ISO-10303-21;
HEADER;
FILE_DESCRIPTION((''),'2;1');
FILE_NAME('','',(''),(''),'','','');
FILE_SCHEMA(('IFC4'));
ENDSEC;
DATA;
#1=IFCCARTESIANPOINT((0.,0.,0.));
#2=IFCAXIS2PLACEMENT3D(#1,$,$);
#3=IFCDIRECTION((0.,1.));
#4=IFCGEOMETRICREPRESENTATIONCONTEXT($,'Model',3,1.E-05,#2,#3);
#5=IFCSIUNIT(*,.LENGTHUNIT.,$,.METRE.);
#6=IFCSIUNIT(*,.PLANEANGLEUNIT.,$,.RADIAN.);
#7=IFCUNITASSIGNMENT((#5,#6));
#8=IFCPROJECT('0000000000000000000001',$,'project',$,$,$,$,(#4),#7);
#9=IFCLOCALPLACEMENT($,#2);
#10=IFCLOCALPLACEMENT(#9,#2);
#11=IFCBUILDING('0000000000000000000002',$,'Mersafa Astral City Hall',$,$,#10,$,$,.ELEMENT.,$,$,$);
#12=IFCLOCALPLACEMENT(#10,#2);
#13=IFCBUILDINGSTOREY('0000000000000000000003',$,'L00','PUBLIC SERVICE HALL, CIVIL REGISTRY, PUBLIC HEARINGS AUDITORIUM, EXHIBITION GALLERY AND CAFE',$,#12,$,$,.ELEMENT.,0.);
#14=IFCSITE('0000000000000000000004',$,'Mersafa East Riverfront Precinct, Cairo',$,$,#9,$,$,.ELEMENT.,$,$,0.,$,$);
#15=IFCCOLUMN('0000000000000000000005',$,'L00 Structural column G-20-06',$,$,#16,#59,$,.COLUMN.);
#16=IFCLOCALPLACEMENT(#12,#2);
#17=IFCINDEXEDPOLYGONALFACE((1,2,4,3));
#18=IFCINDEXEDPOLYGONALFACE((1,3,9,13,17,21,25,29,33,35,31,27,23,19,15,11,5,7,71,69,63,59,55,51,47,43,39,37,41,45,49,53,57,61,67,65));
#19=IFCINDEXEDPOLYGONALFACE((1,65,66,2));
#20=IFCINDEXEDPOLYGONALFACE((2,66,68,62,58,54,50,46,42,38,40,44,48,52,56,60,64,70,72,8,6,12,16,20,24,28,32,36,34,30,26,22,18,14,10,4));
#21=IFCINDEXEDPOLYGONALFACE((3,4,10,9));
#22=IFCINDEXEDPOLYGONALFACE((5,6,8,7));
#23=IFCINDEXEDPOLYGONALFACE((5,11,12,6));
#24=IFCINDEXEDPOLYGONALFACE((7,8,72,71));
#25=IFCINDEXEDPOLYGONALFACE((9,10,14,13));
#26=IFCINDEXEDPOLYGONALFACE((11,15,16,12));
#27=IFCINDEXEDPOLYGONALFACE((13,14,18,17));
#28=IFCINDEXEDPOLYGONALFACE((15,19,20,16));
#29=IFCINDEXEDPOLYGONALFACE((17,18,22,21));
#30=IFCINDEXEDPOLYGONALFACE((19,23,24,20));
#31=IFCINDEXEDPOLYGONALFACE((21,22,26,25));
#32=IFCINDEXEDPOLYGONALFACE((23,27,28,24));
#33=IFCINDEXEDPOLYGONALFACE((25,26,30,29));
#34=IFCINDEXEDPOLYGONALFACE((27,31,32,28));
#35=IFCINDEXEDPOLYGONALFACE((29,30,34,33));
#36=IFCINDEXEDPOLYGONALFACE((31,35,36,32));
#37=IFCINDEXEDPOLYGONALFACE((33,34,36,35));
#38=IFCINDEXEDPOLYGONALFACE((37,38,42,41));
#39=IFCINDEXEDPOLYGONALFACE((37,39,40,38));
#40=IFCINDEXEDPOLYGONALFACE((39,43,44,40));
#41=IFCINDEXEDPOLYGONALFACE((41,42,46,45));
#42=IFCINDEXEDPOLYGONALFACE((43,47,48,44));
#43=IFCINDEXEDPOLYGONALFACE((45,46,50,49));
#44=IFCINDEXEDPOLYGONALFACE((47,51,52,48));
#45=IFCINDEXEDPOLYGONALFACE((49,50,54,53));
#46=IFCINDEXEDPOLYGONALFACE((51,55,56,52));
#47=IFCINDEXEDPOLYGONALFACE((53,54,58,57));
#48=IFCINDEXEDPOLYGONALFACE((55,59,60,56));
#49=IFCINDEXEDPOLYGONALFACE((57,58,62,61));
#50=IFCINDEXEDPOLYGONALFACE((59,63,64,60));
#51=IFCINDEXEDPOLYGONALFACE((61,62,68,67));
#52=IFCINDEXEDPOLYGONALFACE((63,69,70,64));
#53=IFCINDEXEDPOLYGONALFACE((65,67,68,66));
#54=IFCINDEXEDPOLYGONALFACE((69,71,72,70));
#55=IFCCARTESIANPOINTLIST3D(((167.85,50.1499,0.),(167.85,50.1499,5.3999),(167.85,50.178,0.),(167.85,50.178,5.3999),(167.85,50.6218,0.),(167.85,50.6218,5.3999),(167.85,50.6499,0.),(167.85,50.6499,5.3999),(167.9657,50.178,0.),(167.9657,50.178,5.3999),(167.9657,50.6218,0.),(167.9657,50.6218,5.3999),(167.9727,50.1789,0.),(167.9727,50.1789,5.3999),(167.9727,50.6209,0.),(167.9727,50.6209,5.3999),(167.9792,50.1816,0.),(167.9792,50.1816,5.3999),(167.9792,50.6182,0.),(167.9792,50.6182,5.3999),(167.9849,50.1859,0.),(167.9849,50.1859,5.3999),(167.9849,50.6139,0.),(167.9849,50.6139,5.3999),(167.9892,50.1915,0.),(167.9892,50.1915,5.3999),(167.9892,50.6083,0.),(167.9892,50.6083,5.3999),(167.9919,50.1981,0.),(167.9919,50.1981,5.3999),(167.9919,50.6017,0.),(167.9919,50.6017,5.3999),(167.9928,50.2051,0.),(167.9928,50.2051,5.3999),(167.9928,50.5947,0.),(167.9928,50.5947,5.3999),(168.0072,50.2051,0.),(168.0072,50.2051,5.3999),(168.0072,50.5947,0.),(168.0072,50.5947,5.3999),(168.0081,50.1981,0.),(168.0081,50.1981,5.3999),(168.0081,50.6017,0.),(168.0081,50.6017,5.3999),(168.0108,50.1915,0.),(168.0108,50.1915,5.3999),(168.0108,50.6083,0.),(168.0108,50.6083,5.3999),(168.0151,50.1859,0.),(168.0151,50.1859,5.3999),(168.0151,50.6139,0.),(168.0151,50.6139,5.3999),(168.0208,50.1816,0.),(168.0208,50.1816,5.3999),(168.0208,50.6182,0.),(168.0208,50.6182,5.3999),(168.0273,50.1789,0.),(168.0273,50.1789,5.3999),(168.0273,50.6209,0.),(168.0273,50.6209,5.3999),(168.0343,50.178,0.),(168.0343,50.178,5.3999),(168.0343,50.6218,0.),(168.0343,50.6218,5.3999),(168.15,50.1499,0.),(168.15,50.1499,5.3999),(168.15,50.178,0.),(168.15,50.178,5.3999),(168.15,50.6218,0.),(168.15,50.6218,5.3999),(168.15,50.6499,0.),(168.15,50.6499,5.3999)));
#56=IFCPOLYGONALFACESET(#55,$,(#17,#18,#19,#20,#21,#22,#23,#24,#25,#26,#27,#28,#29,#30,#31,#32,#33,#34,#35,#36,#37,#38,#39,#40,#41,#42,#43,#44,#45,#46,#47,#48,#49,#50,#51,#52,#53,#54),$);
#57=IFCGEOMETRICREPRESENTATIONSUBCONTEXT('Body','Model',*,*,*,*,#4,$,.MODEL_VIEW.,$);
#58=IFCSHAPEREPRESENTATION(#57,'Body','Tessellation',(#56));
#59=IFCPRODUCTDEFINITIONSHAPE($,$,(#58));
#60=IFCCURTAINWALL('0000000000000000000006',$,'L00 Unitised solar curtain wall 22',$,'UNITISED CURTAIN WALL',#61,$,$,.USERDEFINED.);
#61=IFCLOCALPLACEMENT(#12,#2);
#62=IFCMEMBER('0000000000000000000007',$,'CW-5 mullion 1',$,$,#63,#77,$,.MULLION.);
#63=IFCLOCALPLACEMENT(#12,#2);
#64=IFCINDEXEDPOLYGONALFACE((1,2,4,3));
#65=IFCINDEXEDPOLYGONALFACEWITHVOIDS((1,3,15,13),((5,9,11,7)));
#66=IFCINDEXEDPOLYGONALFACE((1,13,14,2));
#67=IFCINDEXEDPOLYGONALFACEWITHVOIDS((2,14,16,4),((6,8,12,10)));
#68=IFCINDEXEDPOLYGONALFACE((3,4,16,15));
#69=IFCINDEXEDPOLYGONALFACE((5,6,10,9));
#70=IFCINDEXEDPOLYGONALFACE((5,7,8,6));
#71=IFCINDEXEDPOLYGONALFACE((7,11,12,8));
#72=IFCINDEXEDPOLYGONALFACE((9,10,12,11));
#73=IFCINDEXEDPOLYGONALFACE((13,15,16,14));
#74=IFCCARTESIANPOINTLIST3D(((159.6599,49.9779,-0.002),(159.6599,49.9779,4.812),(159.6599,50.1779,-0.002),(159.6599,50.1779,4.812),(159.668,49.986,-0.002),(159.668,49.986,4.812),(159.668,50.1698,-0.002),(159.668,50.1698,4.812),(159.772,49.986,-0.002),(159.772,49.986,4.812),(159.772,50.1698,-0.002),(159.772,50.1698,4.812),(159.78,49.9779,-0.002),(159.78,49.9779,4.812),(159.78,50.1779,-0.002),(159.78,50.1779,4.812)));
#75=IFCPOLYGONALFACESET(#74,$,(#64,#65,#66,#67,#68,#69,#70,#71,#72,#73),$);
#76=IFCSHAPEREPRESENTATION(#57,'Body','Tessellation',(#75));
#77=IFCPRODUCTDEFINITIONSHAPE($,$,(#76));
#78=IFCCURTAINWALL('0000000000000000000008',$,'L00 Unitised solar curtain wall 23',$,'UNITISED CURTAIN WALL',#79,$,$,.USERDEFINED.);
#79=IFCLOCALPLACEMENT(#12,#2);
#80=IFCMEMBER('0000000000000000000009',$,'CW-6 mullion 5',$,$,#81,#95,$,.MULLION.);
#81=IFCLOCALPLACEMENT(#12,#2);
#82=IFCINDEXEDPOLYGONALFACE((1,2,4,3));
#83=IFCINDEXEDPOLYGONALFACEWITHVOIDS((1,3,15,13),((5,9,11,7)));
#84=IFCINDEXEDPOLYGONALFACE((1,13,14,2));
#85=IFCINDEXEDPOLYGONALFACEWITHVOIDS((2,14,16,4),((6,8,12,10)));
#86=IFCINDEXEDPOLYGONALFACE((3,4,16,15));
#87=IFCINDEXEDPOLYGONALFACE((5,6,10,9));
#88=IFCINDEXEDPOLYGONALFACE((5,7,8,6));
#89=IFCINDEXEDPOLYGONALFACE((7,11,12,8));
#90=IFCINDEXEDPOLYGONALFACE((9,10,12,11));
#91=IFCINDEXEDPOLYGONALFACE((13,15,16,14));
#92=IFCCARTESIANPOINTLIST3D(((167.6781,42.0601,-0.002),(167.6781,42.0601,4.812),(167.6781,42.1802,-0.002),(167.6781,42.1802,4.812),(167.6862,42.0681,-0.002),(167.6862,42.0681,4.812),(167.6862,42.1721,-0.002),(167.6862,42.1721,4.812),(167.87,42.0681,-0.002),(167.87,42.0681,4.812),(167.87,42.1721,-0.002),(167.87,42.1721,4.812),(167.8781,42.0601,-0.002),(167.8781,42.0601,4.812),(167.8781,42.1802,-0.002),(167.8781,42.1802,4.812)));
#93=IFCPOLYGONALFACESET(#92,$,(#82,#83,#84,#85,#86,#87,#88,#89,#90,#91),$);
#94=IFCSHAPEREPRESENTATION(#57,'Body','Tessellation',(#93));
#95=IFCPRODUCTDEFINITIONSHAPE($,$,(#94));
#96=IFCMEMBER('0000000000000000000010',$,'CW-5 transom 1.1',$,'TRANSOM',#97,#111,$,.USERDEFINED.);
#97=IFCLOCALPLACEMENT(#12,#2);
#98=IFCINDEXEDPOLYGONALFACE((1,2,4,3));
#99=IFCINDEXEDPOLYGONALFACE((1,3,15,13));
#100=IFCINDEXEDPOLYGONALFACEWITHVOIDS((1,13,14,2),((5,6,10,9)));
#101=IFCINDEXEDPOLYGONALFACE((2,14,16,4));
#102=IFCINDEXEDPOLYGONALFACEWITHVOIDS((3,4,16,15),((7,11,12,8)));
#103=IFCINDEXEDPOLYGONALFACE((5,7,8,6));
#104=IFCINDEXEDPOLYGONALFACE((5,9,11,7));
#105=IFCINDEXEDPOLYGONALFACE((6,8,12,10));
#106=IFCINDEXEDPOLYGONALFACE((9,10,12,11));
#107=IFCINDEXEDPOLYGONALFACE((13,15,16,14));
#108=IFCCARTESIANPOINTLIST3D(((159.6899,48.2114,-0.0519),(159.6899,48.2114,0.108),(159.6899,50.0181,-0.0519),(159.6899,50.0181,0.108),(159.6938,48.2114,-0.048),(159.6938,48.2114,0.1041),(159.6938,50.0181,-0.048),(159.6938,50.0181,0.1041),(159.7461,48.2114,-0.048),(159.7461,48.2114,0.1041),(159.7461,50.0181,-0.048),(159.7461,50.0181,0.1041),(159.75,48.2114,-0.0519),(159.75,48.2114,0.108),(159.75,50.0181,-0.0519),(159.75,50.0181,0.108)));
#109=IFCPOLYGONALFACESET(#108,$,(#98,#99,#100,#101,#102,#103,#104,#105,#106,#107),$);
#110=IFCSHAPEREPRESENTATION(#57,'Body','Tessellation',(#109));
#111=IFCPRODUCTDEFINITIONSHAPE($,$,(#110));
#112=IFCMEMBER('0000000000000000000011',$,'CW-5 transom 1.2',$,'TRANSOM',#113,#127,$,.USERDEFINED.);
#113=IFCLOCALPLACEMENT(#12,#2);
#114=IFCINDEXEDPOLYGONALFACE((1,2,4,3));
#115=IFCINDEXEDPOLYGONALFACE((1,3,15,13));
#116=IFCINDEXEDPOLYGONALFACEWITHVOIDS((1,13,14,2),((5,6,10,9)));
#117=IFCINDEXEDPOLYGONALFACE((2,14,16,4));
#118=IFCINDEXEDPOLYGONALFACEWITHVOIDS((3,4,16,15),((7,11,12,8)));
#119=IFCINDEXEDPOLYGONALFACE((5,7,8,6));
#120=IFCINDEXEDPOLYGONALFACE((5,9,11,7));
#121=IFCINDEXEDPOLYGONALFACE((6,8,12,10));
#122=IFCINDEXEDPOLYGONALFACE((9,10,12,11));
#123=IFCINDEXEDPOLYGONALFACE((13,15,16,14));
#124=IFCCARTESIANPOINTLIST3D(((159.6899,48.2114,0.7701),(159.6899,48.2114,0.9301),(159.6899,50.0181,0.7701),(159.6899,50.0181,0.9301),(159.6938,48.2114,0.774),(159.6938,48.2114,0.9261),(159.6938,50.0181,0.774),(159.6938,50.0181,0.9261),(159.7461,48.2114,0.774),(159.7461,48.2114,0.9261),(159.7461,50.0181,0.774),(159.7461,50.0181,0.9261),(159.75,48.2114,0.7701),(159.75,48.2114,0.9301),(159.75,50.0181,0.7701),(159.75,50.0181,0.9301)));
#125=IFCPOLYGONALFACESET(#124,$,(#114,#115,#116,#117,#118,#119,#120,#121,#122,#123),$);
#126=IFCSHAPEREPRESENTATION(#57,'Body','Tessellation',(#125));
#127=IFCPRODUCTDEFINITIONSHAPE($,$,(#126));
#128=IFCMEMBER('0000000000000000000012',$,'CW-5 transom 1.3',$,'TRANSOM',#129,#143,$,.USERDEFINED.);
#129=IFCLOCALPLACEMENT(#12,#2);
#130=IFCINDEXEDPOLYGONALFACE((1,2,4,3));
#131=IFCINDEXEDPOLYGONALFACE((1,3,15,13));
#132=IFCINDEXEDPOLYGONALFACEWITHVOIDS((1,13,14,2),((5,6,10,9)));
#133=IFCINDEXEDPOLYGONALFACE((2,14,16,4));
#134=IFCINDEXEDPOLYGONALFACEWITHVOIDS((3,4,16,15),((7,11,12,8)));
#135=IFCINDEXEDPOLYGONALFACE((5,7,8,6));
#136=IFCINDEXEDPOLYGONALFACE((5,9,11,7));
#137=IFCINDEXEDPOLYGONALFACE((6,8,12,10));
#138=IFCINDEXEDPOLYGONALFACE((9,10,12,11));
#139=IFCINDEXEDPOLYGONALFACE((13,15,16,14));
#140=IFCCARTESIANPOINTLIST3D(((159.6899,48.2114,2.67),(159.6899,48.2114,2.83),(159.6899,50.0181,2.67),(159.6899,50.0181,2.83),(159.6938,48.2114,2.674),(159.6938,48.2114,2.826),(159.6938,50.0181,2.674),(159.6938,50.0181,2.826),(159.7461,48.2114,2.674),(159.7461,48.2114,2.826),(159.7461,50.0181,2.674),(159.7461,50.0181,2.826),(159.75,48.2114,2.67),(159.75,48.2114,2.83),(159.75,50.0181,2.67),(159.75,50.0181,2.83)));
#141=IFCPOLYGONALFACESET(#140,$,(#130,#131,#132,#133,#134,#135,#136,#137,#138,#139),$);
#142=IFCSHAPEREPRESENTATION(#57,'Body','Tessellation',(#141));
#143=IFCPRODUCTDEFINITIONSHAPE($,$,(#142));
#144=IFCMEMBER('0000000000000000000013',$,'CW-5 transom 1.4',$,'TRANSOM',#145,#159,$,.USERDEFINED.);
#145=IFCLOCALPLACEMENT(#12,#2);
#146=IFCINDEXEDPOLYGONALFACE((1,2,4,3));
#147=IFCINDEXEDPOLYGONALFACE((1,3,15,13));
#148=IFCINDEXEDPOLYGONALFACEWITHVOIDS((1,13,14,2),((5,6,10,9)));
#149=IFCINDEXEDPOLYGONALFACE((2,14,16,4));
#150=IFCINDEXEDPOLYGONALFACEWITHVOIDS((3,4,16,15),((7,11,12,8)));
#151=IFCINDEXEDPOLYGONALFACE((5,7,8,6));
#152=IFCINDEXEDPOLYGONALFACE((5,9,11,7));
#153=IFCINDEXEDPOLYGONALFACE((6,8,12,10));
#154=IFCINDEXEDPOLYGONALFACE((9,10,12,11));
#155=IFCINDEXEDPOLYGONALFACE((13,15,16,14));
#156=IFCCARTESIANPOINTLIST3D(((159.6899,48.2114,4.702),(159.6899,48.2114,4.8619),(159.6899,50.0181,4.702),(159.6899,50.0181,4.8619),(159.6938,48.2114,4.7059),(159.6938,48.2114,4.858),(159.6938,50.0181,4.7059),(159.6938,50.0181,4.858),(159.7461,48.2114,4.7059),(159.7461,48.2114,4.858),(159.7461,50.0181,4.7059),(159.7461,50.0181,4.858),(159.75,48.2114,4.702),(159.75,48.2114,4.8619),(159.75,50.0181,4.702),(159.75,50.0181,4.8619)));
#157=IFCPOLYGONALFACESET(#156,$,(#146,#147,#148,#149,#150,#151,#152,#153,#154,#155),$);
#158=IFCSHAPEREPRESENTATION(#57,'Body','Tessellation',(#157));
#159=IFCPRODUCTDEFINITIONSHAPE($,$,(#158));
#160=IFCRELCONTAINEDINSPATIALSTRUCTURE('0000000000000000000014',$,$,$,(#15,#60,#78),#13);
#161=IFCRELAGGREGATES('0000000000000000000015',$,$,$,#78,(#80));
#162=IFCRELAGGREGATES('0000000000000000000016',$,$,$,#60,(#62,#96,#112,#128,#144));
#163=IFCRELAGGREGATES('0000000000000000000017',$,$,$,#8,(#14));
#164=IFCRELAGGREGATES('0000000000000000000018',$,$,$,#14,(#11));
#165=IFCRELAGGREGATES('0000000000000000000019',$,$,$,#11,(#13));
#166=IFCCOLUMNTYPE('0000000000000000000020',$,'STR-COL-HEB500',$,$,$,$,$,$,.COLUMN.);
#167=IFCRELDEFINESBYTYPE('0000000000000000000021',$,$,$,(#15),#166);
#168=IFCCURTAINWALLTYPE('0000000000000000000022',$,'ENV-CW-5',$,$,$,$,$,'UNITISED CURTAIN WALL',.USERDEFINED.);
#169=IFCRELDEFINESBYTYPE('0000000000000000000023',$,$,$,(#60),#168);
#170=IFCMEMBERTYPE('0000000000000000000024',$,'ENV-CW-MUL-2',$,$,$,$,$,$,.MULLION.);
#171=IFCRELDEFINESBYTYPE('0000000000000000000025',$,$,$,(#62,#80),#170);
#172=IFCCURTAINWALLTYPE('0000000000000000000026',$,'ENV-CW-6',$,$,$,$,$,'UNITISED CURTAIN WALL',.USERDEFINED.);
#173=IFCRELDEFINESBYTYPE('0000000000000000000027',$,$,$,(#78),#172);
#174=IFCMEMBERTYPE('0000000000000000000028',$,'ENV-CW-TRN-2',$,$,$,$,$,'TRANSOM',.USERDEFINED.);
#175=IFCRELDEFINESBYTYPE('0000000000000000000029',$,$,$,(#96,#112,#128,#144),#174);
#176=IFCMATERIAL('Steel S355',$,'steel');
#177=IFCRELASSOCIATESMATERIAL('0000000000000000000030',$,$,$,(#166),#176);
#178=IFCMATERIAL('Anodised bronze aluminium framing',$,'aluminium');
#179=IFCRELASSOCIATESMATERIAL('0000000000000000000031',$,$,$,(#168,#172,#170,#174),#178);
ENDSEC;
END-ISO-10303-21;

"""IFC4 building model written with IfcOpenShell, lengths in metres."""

from ifc_helpers import new_model, si_unit, direction, frame, origin, origin_2d, place, context, subcontext, project, spatial, hollow_rectangle, i_section, extrude, material, material_profile, profile_set, type_object, element, aggregate, save


model = new_model("IFC4")

# Units and contexts
model_context = context("Model", 3, precision=1e-05, world=origin(), true_north=direction((0.0, 1.0)))
body_context = subcontext(model_context, "Body", "Model", "MODEL_VIEW")
ifc_project = project(units=[si_unit("LENGTHUNIT", "METRE"), si_unit("PLANEANGLEUNIT", "RADIAN")], contexts=[model_context])

# Site, building, storey
site_placement = place(None, origin())
site = spatial("IfcSite", under=ifc_project, at=site_placement, Name="Mersafa East Riverfront Precinct, Cairo", CompositionType="ELEMENT", RefElevation=0.0)
building_placement = place(site_placement, origin())
building = spatial("IfcBuilding", under=site, at=building_placement, Name="Mersafa Astral City Hall", CompositionType="ELEMENT")
storey_placement = place(building_placement, origin())
storey = spatial("IfcBuildingStorey", under=building, at=storey_placement, Name="L00", Description="PUBLIC SERVICE HALL, CIVIL REGISTRY, PUBLIC HEARINGS AUDITORIUM, EXHIBITION GALLERY AND CAFE", CompositionType="ELEMENT", Elevation=0.0)

# Column
ifc_material_1 = material(Name="Steel S355", Category="steel")
ifc_material_profile_1 = material_profile(ifc_material_1, i_section(OverallWidth=0.3, OverallDepth=0.5, WebThickness=0.0144, FlangeThickness=0.0281, FilletRadius=0.0271, at=origin_2d()), Name="HEB 500")
ifc_profile_set_1 = profile_set([ifc_material_profile_1], Name="Steel S355")
column_type = type_object("IfcColumnType", Name="STR-COL-HEB500", PredefinedType="COLUMN", material=ifc_profile_set_1)
column_placement = place(storey_placement, frame((168.0, 50.3999, 0.0), z_axis=(0.0, 0.0, 1.0), x_axis=(1.0, 0.0, 0.0)))
element("IfcColumn", 1, at=column_placement, inside=storey, type_object=column_type, Name="L00 Structural column G-20-06", PredefinedType="COLUMN", context=body_context, shape_type="SweptSolid", body=[
    extrude(i_section(OverallWidth=0.3, OverallDepth=0.5, WebThickness=0.0144, FlangeThickness=0.0281, FilletRadius=0.0271, at=origin_2d()), origin(), (0.0, 0.0, 1.0), 5.3999),
])

# Curtain walls, members
ifc_material_2 = material(Name="Anodised bronze aluminium framing", Category="aluminium")
curtain_wall_type_1 = type_object("IfcCurtainWallType", Name="ENV-CW-5", ElementType="UNITISED CURTAIN WALL", PredefinedType="USERDEFINED", material=ifc_material_2)
curtain_wall_1_placement = place(storey_placement, origin())
curtain_wall_1 = element("IfcCurtainWall", 2, at=curtain_wall_1_placement, inside=storey, type_object=curtain_wall_type_1, Name="L00 Unitised solar curtain wall 22", ObjectType="UNITISED CURTAIN WALL", PredefinedType="USERDEFINED")
ifc_material_profile_2 = material_profile(ifc_material_2, hollow_rectangle(XDim=0.1201, YDim=0.2, WallThickness=0.0081, at=origin_2d()), Name="RHS 120x200x8")
ifc_profile_set_2 = profile_set([ifc_material_profile_2], Name="Anodised bronze aluminium framing")
member_type_1 = type_object("IfcMemberType", Name="ENV-CW-MUL-2", PredefinedType="MULLION", material=ifc_profile_set_2)
member_1_placement = place(storey_placement, frame((159.72, 50.0779, -0.002), z_axis=(0.0, 0.0, 1.0), x_axis=(1.0, 0.0, 0.0)))
member_1 = element("IfcMember", 3, at=member_1_placement, type_object=member_type_1, Name="CW-5 mullion 1", PredefinedType="MULLION", context=body_context, shape_type="SweptSolid", body=[
    extrude(hollow_rectangle(XDim=0.1201, YDim=0.2, WallThickness=0.0081, at=origin_2d()), origin(), (0.0, 0.0, 1.0), 4.814),
])
curtain_wall_type_2 = type_object("IfcCurtainWallType", Name="ENV-CW-6", ElementType="UNITISED CURTAIN WALL", PredefinedType="USERDEFINED", material=ifc_material_2)
curtain_wall_2_placement = place(storey_placement, origin())
curtain_wall_2 = element("IfcCurtainWall", 4, at=curtain_wall_2_placement, inside=storey, type_object=curtain_wall_type_2, Name="L00 Unitised solar curtain wall 23", ObjectType="UNITISED CURTAIN WALL", PredefinedType="USERDEFINED")
member_2_placement = place(storey_placement, frame((167.7781, 42.1201, -0.002), z_axis=(0.0, 0.0, 1.0), x_axis=(0.0, 1.0, 0.0)))
member_2 = element("IfcMember", 5, at=member_2_placement, type_object=member_type_1, Name="CW-6 mullion 5", PredefinedType="MULLION", context=body_context, shape_type="SweptSolid", body=[
    extrude(hollow_rectangle(XDim=0.1201, YDim=0.2, WallThickness=0.0081, at=origin_2d()), origin(), (0.0, 0.0, 1.0), 4.814),
])
aggregate(curtain_wall_2, [member_2])

# Members
ifc_material_profile_3 = material_profile(ifc_material_2, hollow_rectangle(XDim=0.0601, YDim=0.1599, WallThickness=0.0039, at=origin_2d()), Name="RHS 60x160x4")
ifc_profile_set_3 = profile_set([ifc_material_profile_3], Name="Anodised bronze aluminium framing")
member_type_2 = type_object("IfcMemberType", Name="ENV-CW-TRN-2", ElementType="TRANSOM", PredefinedType="USERDEFINED", material=ifc_profile_set_3)
member_3_placement = place(storey_placement, frame((159.72, 50.0181, 0.0281), z_axis=(0.0, -1.0, 0.0), x_axis=(1.0, 0.0, 0.0)))
member_3 = element("IfcMember", 6, at=member_3_placement, type_object=member_type_2, Name="CW-5 transom 1.1", ObjectType="TRANSOM", PredefinedType="USERDEFINED", context=body_context, shape_type="SweptSolid", body=[
    extrude(hollow_rectangle(XDim=0.0601, YDim=0.1599, WallThickness=0.0039, at=origin_2d()), origin(), (0.0, 0.0, 1.0), 1.8066),
])
member_4_placement = place(storey_placement, frame((159.72, 50.0181, 0.8501), z_axis=(0.0, -1.0, 0.0), x_axis=(1.0, 0.0, 0.0)))
member_4 = element("IfcMember", 7, at=member_4_placement, type_object=member_type_2, Name="CW-5 transom 1.2", ObjectType="TRANSOM", PredefinedType="USERDEFINED", context=body_context, shape_type="SweptSolid", body=[
    extrude(hollow_rectangle(XDim=0.0601, YDim=0.1599, WallThickness=0.0039, at=origin_2d()), origin(), (0.0, 0.0, 1.0), 1.8066),
])
member_5_placement = place(storey_placement, frame((159.72, 50.0181, 2.75), z_axis=(0.0, -1.0, 0.0), x_axis=(1.0, 0.0, 0.0)))
member_5 = element("IfcMember", 8, at=member_5_placement, type_object=member_type_2, Name="CW-5 transom 1.3", ObjectType="TRANSOM", PredefinedType="USERDEFINED", context=body_context, shape_type="SweptSolid", body=[
    extrude(hollow_rectangle(XDim=0.0601, YDim=0.1599, WallThickness=0.0039, at=origin_2d()), origin(), (0.0, 0.0, 1.0), 1.8066),
])
member_6_placement = place(storey_placement, frame((159.72, 50.0181, 4.782), z_axis=(0.0, -1.0, 0.0), x_axis=(1.0, 0.0, 0.0)))
member_6 = element("IfcMember", 9, at=member_6_placement, type_object=member_type_2, Name="CW-5 transom 1.4", ObjectType="TRANSOM", PredefinedType="USERDEFINED", context=body_context, shape_type="SweptSolid", body=[
    extrude(hollow_rectangle(XDim=0.0601, YDim=0.1599, WallThickness=0.0039, at=origin_2d()), origin(), (0.0, 0.0, 1.0), 1.8066),
])

aggregate(curtain_wall_1, [member_1, member_3, member_4, member_5, member_6])

save(model, "model.ifc")
